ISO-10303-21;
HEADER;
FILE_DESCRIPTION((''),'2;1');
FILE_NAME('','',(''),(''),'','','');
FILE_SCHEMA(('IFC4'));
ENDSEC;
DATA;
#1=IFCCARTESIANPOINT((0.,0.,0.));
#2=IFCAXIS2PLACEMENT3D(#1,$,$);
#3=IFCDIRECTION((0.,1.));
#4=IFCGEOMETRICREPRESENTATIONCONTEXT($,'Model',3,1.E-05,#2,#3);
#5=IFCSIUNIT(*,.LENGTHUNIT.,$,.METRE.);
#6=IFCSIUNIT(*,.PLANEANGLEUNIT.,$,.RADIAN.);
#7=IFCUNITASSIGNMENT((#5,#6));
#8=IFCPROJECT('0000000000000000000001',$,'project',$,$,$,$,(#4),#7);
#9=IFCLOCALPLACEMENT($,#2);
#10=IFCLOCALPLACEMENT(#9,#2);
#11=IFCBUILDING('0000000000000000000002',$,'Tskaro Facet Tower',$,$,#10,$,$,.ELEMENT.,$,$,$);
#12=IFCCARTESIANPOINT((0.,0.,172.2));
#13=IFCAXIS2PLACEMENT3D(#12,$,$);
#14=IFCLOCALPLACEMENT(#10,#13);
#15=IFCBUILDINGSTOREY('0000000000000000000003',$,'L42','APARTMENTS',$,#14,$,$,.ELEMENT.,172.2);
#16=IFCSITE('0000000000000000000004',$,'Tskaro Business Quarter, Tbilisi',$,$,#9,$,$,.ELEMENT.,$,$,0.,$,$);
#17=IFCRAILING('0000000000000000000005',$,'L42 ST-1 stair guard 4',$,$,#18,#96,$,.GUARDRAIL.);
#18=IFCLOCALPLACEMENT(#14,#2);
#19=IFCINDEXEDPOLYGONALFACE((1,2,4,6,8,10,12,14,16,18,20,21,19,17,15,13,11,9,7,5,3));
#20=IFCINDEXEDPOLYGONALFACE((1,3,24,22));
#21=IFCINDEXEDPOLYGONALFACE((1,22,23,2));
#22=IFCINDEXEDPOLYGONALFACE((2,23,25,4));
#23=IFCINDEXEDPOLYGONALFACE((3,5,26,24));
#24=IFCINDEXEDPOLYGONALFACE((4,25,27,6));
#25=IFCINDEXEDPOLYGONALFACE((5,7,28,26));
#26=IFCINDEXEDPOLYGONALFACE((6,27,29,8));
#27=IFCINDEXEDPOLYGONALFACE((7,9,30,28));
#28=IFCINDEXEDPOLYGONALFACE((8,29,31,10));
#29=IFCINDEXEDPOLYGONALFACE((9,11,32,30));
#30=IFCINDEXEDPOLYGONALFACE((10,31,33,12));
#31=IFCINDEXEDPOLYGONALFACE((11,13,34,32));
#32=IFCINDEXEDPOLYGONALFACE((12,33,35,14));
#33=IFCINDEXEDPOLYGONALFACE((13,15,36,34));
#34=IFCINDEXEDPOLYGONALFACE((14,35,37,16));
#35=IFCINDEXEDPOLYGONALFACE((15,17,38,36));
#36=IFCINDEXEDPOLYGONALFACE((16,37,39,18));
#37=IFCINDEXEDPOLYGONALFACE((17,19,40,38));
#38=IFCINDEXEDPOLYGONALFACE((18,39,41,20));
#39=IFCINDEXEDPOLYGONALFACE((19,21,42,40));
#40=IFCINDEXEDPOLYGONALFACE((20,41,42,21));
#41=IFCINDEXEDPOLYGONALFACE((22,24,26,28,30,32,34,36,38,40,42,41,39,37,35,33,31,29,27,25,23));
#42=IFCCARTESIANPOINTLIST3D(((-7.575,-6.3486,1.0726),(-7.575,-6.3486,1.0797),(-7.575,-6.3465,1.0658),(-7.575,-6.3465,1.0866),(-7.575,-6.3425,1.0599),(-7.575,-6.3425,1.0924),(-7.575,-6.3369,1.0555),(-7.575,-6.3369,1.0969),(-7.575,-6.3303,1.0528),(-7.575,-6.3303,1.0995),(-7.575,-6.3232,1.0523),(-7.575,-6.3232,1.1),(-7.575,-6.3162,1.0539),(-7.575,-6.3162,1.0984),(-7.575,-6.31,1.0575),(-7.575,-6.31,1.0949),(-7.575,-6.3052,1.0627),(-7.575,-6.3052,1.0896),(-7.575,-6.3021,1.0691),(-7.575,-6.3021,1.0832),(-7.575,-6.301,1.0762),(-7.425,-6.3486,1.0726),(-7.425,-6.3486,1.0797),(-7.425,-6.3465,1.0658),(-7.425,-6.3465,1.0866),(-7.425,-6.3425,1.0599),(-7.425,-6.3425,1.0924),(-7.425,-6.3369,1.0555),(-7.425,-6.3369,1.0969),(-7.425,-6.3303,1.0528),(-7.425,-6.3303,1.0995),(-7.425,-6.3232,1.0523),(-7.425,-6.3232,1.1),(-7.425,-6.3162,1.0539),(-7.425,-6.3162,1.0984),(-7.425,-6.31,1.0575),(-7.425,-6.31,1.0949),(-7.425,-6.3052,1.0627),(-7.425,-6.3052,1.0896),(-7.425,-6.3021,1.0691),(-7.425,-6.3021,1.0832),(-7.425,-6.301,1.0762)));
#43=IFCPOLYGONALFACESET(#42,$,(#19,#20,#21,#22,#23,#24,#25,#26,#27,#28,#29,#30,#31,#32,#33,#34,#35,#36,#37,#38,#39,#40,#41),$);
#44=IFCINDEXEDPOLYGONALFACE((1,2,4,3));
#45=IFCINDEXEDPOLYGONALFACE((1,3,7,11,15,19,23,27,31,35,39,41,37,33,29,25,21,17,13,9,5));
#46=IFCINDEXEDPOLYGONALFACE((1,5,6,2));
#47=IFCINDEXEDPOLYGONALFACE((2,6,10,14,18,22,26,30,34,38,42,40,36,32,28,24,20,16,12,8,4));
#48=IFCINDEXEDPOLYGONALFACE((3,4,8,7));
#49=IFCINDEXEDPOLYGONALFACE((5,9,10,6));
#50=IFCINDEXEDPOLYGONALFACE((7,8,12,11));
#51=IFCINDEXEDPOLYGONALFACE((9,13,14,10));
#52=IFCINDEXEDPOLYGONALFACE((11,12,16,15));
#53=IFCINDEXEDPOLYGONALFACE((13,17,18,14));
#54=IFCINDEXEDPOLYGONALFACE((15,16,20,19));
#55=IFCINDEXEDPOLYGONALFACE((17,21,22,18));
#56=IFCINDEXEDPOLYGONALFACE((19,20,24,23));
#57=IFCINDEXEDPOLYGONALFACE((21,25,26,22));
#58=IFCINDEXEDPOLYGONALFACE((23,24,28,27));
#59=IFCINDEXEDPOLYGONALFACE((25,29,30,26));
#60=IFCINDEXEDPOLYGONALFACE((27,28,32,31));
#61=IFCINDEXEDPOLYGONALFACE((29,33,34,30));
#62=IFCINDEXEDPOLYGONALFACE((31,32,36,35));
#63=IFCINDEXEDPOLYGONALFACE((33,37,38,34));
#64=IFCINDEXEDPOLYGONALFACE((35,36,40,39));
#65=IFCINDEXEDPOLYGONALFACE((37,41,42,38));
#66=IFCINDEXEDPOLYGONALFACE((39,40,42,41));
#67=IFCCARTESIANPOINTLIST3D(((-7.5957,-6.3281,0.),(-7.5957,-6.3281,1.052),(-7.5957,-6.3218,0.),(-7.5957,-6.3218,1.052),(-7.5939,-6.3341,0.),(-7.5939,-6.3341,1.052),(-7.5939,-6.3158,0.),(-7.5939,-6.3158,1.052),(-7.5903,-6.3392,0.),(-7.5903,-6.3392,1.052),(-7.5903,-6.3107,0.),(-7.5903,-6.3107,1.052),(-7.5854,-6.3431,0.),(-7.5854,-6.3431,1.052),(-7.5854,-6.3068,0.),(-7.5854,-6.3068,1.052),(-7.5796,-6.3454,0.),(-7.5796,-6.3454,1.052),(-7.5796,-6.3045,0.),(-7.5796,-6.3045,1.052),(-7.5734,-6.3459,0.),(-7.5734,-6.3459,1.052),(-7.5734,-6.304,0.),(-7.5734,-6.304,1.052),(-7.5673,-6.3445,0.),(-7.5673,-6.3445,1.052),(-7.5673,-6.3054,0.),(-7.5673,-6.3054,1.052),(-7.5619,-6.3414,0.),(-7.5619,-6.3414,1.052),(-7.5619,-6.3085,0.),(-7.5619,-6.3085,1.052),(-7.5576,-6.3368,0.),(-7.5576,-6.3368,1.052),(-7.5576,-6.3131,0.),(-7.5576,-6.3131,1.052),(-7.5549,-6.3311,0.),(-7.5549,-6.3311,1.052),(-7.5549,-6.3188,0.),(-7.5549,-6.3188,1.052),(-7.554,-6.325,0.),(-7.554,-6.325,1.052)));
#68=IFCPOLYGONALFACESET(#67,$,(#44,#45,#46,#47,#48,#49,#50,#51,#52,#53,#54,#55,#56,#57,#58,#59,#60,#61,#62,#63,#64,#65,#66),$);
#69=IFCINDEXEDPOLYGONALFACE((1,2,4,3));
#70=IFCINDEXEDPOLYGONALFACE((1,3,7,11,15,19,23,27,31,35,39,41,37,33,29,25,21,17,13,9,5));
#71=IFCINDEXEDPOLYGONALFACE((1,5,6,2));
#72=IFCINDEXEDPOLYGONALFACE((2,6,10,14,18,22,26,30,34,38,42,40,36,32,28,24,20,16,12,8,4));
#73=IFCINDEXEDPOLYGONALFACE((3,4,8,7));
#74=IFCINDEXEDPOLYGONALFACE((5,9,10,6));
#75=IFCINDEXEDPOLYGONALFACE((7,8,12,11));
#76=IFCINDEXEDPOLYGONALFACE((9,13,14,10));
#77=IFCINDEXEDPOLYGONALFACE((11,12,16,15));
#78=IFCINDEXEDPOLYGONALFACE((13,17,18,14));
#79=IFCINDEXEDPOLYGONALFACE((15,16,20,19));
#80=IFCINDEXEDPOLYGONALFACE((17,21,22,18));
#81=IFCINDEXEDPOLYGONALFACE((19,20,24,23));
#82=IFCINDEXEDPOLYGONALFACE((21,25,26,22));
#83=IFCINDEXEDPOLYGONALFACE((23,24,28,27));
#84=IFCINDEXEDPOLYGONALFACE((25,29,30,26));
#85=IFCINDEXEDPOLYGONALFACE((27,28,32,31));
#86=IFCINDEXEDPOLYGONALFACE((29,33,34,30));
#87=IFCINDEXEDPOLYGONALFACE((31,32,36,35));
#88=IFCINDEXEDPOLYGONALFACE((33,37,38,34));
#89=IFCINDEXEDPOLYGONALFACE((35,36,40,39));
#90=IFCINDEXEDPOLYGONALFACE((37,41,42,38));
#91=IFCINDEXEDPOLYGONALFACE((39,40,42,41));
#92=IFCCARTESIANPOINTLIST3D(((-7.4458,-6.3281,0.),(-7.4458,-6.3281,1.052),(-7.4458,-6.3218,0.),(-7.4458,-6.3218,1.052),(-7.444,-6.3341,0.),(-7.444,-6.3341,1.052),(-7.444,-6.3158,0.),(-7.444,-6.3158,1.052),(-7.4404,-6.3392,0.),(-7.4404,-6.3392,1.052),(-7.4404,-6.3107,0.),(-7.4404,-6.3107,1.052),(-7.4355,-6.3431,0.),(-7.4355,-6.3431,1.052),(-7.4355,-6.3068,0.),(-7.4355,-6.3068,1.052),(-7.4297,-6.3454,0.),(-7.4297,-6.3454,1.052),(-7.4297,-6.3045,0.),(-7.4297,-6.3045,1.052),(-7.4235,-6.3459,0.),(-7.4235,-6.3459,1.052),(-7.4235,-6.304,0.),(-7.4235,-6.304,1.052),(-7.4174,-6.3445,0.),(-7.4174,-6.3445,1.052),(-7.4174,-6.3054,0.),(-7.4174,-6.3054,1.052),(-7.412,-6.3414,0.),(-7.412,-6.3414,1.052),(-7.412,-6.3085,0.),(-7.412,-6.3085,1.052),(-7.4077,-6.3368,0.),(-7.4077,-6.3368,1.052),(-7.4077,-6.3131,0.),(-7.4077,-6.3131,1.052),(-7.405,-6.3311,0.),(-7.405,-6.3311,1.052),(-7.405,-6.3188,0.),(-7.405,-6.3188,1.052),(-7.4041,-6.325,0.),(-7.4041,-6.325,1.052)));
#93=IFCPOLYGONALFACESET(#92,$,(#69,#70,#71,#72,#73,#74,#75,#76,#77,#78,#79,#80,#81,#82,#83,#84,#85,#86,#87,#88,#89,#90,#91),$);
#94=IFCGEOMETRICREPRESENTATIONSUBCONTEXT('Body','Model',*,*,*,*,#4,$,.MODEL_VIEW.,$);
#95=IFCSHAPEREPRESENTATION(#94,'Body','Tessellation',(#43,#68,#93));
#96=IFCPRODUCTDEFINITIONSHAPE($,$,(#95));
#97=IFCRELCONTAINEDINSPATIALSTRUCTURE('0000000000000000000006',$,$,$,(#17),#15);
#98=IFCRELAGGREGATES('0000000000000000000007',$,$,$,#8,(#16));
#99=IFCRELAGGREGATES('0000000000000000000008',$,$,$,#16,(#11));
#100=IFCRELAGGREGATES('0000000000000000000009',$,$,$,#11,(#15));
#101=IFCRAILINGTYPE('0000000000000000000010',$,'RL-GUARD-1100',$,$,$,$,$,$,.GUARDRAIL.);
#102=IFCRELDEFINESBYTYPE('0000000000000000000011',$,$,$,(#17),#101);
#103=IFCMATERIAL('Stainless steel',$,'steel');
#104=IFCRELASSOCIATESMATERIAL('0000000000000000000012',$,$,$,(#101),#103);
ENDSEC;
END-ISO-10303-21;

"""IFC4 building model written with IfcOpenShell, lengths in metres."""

from ifc_helpers import new_model, si_unit, direction, frame, origin, origin_2d, place, context, subcontext, project, spatial, circle, extrude, material, type_object, element, save


model = new_model("IFC4")

# Units and contexts
model_context = context("Model", 3, precision=1e-05, world=origin(), true_north=direction((0.0, 1.0)))
body_context = subcontext(model_context, "Body", "Model", "MODEL_VIEW")
ifc_project = project(units=[si_unit("LENGTHUNIT", "METRE"), si_unit("PLANEANGLEUNIT", "RADIAN")], contexts=[model_context])

# Site, building, storey
site_placement = place(None, origin())
site = spatial("IfcSite", under=ifc_project, at=site_placement, Name="Tskaro Business Quarter, Tbilisi", CompositionType="ELEMENT", RefElevation=0.0)
building_placement = place(site_placement, origin())
building = spatial("IfcBuilding", under=site, at=building_placement, Name="Tskaro Facet Tower", CompositionType="ELEMENT")
storey_placement = place(building_placement, frame((0.0, 0.0, 172.2)))
storey = spatial("IfcBuildingStorey", under=building, at=storey_placement, Name="L42", Description="APARTMENTS", CompositionType="ELEMENT", Elevation=172.2)

# Shared definitions
ifc_material_1 = material(Name="Stainless steel", Category="steel")

# Railing
railing_type_1 = type_object("IfcRailingType", Name="RL-GUARD-1100", PredefinedType="GUARDRAIL", material=ifc_material_1)
railing_1_placement = place(storey_placement, frame((-7.575, -6.325, 0.0)))
element("IfcRailing", 1, at=railing_1_placement, inside=storey, type_object=railing_type_1, Name="L42 ST-1 stair guard 4", PredefinedType="GUARDRAIL", context=body_context, shape_type="SweptSolid", body=[
    extrude(circle(Radius=0.0239, at=origin_2d()), frame((0.0, 0.0, 1.0762), z_axis=(1.0, 0.0, 0.0), x_axis=(0.0, 1.0, 0.0)), (0.0, 0.0, 1.0), 0.1499),
    extrude(circle(Radius=0.021, at=origin_2d()), origin(), (0.0, 0.0, 1.0), 1.052),
    extrude(circle(Radius=0.021, at=origin_2d()), frame((0.1499, 0.0, 0.0)), (0.0, 0.0, 1.0), 1.052),
])

save(model, "model.ifc")
